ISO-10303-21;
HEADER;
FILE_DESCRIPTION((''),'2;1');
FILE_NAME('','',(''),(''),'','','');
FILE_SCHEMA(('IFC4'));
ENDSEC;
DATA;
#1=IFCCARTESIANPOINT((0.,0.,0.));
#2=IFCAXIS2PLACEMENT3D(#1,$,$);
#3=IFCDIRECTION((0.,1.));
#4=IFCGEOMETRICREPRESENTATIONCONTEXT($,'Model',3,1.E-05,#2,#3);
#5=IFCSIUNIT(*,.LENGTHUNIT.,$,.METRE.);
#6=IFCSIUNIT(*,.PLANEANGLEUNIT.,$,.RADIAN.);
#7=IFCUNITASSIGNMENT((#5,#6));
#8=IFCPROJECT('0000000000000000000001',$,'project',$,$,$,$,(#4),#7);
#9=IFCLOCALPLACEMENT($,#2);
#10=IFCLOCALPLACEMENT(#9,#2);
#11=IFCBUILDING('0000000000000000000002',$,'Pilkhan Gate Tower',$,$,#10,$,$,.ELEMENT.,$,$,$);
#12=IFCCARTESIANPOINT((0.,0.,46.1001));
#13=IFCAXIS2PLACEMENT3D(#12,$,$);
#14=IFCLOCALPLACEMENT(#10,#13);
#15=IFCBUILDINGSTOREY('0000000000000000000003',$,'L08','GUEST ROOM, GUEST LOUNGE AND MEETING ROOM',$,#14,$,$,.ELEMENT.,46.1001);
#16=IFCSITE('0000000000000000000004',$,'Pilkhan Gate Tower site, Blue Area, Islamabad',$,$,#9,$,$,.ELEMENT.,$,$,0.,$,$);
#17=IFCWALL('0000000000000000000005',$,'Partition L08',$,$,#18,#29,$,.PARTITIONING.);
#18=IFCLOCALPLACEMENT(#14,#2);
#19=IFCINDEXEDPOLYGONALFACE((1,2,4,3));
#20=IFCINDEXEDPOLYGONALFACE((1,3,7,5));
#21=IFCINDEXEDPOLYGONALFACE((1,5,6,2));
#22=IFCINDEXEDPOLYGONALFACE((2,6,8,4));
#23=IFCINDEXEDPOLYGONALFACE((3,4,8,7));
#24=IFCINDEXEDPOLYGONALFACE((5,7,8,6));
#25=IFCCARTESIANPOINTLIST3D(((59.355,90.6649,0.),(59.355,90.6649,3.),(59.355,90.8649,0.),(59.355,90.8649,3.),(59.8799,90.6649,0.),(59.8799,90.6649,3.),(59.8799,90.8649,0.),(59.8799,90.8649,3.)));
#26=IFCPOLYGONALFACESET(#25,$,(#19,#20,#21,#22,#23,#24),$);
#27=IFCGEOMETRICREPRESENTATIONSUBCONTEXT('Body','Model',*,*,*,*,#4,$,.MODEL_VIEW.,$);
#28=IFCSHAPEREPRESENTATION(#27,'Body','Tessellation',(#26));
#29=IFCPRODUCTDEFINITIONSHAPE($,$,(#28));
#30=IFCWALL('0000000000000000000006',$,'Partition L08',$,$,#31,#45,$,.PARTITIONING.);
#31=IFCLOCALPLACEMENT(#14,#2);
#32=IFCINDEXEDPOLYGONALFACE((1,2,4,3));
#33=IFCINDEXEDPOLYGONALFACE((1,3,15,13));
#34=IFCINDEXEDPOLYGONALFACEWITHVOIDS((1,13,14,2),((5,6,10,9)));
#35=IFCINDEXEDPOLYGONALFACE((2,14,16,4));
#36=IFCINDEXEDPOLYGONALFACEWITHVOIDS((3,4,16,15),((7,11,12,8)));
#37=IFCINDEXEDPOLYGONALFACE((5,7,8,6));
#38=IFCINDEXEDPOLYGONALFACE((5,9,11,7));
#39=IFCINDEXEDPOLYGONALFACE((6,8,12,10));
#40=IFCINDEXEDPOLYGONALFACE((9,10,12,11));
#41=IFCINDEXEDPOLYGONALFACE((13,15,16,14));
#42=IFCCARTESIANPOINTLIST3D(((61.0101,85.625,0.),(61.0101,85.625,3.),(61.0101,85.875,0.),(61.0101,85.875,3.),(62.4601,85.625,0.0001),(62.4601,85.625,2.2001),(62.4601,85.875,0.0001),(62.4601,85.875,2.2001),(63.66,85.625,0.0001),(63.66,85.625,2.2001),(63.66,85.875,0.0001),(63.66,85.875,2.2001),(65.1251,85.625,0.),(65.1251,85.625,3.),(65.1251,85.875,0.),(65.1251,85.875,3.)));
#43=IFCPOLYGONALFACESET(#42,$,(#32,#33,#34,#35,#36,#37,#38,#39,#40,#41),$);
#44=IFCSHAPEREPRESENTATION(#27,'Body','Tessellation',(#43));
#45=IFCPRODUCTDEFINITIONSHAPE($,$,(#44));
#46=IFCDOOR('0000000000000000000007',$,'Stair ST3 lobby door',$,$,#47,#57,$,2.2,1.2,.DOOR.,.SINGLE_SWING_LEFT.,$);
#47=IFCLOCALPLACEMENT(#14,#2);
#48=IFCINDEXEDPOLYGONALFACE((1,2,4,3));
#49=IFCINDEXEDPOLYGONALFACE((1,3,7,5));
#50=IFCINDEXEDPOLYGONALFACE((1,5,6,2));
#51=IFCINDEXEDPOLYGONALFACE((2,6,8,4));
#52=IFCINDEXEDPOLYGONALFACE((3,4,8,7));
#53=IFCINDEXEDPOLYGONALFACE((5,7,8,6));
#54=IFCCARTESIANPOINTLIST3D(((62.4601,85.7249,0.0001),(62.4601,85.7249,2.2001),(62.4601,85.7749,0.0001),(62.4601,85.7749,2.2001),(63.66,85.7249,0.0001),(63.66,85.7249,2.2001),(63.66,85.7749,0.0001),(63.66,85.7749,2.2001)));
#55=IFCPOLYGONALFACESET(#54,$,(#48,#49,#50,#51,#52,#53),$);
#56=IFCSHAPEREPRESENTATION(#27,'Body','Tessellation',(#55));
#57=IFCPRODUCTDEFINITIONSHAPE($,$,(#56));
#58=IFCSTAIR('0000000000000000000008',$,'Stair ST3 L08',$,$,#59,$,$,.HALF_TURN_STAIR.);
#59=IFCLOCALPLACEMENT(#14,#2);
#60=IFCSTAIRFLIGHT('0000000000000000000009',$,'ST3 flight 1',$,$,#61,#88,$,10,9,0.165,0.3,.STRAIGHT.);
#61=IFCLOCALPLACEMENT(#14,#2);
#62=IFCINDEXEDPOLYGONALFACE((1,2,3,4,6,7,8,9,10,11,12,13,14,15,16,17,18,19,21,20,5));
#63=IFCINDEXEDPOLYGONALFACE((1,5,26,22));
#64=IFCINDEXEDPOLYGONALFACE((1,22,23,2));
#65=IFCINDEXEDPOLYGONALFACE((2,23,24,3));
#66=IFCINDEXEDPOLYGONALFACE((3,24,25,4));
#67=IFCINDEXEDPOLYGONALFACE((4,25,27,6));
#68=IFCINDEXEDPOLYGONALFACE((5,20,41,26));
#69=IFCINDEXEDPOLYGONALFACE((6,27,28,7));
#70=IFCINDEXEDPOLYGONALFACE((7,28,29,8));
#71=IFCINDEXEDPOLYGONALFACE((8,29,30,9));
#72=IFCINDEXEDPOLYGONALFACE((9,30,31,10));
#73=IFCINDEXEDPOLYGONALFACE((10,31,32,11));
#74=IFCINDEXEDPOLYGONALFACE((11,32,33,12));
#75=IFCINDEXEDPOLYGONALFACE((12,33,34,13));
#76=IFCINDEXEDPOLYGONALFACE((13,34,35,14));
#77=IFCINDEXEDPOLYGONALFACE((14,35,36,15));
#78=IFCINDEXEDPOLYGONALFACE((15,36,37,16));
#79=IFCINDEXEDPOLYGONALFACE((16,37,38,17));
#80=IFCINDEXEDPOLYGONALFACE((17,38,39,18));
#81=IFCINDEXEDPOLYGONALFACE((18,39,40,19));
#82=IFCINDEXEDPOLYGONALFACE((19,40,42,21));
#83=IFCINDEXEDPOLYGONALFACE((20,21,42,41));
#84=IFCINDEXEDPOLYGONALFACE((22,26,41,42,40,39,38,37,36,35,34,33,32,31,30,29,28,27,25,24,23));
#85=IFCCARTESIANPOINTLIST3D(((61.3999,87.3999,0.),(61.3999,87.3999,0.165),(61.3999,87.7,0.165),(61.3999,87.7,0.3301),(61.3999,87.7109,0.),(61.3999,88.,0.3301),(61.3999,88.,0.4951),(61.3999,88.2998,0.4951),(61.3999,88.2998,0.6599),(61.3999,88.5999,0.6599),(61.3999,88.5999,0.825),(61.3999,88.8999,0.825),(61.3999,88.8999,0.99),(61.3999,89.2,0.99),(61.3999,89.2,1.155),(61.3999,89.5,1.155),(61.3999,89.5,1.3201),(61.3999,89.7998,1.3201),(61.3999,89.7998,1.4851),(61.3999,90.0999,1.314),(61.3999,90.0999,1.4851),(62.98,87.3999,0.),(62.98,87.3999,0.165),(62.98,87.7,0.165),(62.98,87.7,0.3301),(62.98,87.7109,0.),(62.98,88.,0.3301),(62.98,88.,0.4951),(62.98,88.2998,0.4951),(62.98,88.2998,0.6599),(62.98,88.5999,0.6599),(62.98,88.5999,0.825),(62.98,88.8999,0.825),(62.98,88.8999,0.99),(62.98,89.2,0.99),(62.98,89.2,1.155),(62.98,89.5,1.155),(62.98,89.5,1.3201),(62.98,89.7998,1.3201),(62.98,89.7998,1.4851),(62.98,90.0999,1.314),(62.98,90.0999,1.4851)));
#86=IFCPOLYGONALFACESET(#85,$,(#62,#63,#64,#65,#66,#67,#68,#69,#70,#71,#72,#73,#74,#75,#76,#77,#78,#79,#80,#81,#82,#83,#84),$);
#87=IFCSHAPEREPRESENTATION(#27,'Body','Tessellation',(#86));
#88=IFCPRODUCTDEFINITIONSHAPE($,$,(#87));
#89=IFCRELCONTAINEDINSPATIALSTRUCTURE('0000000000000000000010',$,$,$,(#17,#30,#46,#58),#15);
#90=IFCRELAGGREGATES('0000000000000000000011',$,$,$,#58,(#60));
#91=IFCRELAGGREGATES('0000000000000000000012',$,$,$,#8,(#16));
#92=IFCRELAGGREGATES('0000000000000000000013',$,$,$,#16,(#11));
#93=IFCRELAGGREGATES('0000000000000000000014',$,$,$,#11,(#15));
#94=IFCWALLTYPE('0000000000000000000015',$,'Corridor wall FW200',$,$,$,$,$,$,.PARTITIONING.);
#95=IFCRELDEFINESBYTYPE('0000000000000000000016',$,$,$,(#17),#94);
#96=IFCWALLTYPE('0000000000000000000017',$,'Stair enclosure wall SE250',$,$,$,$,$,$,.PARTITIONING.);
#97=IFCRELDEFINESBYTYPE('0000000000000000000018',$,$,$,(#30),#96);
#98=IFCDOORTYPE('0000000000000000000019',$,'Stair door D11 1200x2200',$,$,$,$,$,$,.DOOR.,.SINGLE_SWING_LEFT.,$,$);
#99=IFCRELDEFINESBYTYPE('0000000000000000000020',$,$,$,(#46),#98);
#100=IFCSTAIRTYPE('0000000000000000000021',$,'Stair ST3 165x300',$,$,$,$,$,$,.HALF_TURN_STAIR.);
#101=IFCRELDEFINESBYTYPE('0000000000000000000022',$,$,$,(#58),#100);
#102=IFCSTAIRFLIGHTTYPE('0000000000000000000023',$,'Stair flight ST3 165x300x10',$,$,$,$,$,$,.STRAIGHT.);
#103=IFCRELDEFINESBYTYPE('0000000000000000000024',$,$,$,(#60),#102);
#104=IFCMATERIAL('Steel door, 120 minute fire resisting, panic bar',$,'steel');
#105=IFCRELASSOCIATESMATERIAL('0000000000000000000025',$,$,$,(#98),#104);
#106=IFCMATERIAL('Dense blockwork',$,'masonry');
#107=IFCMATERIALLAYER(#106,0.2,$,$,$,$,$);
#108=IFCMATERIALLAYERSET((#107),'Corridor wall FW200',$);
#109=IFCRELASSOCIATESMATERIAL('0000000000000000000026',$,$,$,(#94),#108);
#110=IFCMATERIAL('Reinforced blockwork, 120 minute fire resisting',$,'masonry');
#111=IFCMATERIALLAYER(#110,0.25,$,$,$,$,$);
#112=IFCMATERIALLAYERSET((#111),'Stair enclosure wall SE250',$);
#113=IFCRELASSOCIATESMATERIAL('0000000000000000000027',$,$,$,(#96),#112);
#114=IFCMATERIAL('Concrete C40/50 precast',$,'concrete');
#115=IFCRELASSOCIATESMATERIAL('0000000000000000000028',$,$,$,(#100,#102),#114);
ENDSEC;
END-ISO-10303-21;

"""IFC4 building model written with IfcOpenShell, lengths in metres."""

from ifc_helpers import new_model, si_unit, direction, frame, frame_2d, origin, place, context, subcontext, project, spatial, polyline, rectangle, outline, extrude, material, layer, layer_set, type_object, element, fill, aggregate, save


model = new_model("IFC4")

# Units and contexts
model_context = context("Model", 3, precision=1e-05, world=origin(), true_north=direction((0.0, 1.0)))
body_context = subcontext(model_context, "Body", "Model", "MODEL_VIEW")
ifc_project = project(units=[si_unit("LENGTHUNIT", "METRE"), si_unit("PLANEANGLEUNIT", "RADIAN")], contexts=[model_context])

# Site, building, storey
site_placement = place(None, origin())
site = spatial("IfcSite", under=ifc_project, at=site_placement, Name="Pilkhan Gate Tower site, Blue Area, Islamabad", CompositionType="ELEMENT", RefElevation=0.0)
building_placement = place(site_placement, origin())
building = spatial("IfcBuilding", under=site, at=building_placement, Name="Pilkhan Gate Tower", CompositionType="ELEMENT")
storey_placement = place(building_placement, frame((0.0, 0.0, 46.1001)))
storey = spatial("IfcBuildingStorey", under=building, at=storey_placement, Name="L08", Description="GUEST ROOM, GUEST LOUNGE AND MEETING ROOM", CompositionType="ELEMENT", Elevation=46.1001)

# Shared definitions
ifc_material_1 = material(Name="Steel door, 120 minute fire resisting, panic bar", Category="steel")
door_type_1 = type_object("IfcDoorType", Name="Stair door D11 1200x2200", OperationType="SINGLE_SWING_LEFT", PredefinedType="DOOR", material=ifc_material_1)

# Wall
ifc_material_2 = material(Name="Dense blockwork", Category="masonry")
ifc_layer_1 = layer(ifc_material_2, 0.2)
ifc_layer_set_1 = layer_set([ifc_layer_1], Name="Corridor wall FW200")
wall_type_1 = type_object("IfcWallType", Name="Corridor wall FW200", PredefinedType="PARTITIONING", material=ifc_layer_set_1)
wall_1_placement = place(storey_placement, frame((59.355, 90.7649, 0.0), z_axis=(0.0, 0.0, 1.0), x_axis=(1.0, 0.0, 0.0)))
element("IfcWall", 1, at=wall_1_placement, inside=storey, type_object=wall_type_1, Name="Partition L08", PredefinedType="PARTITIONING", context=body_context, shape_type="SweptSolid", body=[
    extrude(rectangle(XDim=0.5249, YDim=0.2, at=frame_2d((0.2625, 0.0))), origin(), (0.0, 0.0, 1.0), 3.0),
])

# Wall, opening, door
ifc_material_3 = material(Name="Reinforced blockwork, 120 minute fire resisting", Category="masonry")
ifc_layer_2 = layer(ifc_material_3, 0.25)
ifc_layer_set_2 = layer_set([ifc_layer_2], Name="Stair enclosure wall SE250")
wall_type_2 = type_object("IfcWallType", Name="Stair enclosure wall SE250", PredefinedType="PARTITIONING", material=ifc_layer_set_2)
wall_2_placement = place(storey_placement, frame((61.01, 85.75, 0.0), z_axis=(0.0, 0.0, 1.0), x_axis=(1.0, 0.0, 0.0)))
wall_2 = element("IfcWall", 2, at=wall_2_placement, inside=storey, type_object=wall_type_2, Name="Partition L08", PredefinedType="PARTITIONING", context=body_context, shape_type="SweptSolid", body=[
    extrude(rectangle(XDim=4.115, YDim=0.25, at=frame_2d((2.0576, 0.0))), origin(), (0.0, 0.0, 1.0), 3.0),
])
opening_1_placement = place(wall_2_placement, frame((1.45, 0.0, 0.0)))
opening_1 = element("IfcOpeningElement", 3, at=opening_1_placement, cuts=wall_2, PredefinedType="OPENING", context=body_context, shape_type="SweptSolid", body=[
    extrude(rectangle(XDim=1.2, YDim=2.2, at=frame_2d((0.6001, 1.1001))), frame((0.0, 0.135, 0.0), z_axis=(0.0, -1.0, 0.0), x_axis=(1.0, 0.0, 0.0)), (0.0, 0.0, 1.0), 0.27),
])
door_1_placement = place(opening_1_placement, origin())
door_1 = element("IfcDoor", 4, at=door_1_placement, inside=storey, type_object=door_type_1, Name="Stair ST3 lobby door", OperationType="SINGLE_SWING_LEFT", OverallHeight=2.2, OverallWidth=1.2, PredefinedType="DOOR", context=body_context, shape_type="SweptSolid", body=[
    extrude(rectangle(XDim=1.2, YDim=2.2, at=frame_2d((0.6001, 1.1001))), frame((0.0, 0.0249, 0.0), z_axis=(0.0, -1.0, 0.0), x_axis=(1.0, 0.0, 0.0)), (0.0, 0.0, 1.0), 0.05),
])
fill(opening_1, door_1)

# Stair, stair flight
ifc_material_4 = material(Name="Concrete C40/50 precast", Category="concrete")
stair_type = type_object("IfcStairType", Name="Stair ST3 165x300", PredefinedType="HALF_TURN_STAIR", material=ifc_material_4)
stair_placement = place(storey_placement, origin())
stair = element("IfcStair", 5, at=stair_placement, inside=storey, type_object=stair_type, Name="Stair ST3 L08", PredefinedType="HALF_TURN_STAIR")
stair_flight_type = type_object("IfcStairFlightType", Name="Stair flight ST3 165x300x10", PredefinedType="STRAIGHT", material=ifc_material_4)
stair_flight_placement = place(storey_placement, frame((62.1899, 87.3999, 0.0), z_axis=(0.0, 0.0, 1.0), x_axis=(0.0, 1.0, 0.0)))
stair_flight = element("IfcStairFlight", 6, at=stair_flight_placement, type_object=stair_flight_type, Name="ST3 flight 1", NumberOfRisers=10, NumberOfTreads=9, PredefinedType="STRAIGHT", RiserHeight=0.165, TreadLength=0.3, context=body_context, shape_type="SweptSolid", body=[
    extrude(outline(polyline([(0.0, 0.0), (0.0, 0.165), (0.3, 0.165), (0.3, 0.3301), (0.6001, 0.3301), (0.6001, 0.4951), (0.8999, 0.4951), (0.8999, 0.6599), (1.2, 0.6599), (1.2, 0.825), (1.5, 0.825), (1.5, 0.99), (1.8, 0.99), (1.8, 1.155), (2.1001, 1.155), (2.1001, 1.3201), (2.3999, 1.3201), (2.3999, 1.4851), (2.7, 1.4851), (2.7, 1.6499), (2.7, 1.314), (0.311, 0.0), (0.0, 0.0)])), frame((0.0, 0.79, 0.0), z_axis=(0.0, -1.0, 0.0), x_axis=(1.0, 0.0, 0.0)), (0.0, 0.0, 1.0), 1.5801),
])
aggregate(stair, [stair_flight])

save(model, "model.ifc")
